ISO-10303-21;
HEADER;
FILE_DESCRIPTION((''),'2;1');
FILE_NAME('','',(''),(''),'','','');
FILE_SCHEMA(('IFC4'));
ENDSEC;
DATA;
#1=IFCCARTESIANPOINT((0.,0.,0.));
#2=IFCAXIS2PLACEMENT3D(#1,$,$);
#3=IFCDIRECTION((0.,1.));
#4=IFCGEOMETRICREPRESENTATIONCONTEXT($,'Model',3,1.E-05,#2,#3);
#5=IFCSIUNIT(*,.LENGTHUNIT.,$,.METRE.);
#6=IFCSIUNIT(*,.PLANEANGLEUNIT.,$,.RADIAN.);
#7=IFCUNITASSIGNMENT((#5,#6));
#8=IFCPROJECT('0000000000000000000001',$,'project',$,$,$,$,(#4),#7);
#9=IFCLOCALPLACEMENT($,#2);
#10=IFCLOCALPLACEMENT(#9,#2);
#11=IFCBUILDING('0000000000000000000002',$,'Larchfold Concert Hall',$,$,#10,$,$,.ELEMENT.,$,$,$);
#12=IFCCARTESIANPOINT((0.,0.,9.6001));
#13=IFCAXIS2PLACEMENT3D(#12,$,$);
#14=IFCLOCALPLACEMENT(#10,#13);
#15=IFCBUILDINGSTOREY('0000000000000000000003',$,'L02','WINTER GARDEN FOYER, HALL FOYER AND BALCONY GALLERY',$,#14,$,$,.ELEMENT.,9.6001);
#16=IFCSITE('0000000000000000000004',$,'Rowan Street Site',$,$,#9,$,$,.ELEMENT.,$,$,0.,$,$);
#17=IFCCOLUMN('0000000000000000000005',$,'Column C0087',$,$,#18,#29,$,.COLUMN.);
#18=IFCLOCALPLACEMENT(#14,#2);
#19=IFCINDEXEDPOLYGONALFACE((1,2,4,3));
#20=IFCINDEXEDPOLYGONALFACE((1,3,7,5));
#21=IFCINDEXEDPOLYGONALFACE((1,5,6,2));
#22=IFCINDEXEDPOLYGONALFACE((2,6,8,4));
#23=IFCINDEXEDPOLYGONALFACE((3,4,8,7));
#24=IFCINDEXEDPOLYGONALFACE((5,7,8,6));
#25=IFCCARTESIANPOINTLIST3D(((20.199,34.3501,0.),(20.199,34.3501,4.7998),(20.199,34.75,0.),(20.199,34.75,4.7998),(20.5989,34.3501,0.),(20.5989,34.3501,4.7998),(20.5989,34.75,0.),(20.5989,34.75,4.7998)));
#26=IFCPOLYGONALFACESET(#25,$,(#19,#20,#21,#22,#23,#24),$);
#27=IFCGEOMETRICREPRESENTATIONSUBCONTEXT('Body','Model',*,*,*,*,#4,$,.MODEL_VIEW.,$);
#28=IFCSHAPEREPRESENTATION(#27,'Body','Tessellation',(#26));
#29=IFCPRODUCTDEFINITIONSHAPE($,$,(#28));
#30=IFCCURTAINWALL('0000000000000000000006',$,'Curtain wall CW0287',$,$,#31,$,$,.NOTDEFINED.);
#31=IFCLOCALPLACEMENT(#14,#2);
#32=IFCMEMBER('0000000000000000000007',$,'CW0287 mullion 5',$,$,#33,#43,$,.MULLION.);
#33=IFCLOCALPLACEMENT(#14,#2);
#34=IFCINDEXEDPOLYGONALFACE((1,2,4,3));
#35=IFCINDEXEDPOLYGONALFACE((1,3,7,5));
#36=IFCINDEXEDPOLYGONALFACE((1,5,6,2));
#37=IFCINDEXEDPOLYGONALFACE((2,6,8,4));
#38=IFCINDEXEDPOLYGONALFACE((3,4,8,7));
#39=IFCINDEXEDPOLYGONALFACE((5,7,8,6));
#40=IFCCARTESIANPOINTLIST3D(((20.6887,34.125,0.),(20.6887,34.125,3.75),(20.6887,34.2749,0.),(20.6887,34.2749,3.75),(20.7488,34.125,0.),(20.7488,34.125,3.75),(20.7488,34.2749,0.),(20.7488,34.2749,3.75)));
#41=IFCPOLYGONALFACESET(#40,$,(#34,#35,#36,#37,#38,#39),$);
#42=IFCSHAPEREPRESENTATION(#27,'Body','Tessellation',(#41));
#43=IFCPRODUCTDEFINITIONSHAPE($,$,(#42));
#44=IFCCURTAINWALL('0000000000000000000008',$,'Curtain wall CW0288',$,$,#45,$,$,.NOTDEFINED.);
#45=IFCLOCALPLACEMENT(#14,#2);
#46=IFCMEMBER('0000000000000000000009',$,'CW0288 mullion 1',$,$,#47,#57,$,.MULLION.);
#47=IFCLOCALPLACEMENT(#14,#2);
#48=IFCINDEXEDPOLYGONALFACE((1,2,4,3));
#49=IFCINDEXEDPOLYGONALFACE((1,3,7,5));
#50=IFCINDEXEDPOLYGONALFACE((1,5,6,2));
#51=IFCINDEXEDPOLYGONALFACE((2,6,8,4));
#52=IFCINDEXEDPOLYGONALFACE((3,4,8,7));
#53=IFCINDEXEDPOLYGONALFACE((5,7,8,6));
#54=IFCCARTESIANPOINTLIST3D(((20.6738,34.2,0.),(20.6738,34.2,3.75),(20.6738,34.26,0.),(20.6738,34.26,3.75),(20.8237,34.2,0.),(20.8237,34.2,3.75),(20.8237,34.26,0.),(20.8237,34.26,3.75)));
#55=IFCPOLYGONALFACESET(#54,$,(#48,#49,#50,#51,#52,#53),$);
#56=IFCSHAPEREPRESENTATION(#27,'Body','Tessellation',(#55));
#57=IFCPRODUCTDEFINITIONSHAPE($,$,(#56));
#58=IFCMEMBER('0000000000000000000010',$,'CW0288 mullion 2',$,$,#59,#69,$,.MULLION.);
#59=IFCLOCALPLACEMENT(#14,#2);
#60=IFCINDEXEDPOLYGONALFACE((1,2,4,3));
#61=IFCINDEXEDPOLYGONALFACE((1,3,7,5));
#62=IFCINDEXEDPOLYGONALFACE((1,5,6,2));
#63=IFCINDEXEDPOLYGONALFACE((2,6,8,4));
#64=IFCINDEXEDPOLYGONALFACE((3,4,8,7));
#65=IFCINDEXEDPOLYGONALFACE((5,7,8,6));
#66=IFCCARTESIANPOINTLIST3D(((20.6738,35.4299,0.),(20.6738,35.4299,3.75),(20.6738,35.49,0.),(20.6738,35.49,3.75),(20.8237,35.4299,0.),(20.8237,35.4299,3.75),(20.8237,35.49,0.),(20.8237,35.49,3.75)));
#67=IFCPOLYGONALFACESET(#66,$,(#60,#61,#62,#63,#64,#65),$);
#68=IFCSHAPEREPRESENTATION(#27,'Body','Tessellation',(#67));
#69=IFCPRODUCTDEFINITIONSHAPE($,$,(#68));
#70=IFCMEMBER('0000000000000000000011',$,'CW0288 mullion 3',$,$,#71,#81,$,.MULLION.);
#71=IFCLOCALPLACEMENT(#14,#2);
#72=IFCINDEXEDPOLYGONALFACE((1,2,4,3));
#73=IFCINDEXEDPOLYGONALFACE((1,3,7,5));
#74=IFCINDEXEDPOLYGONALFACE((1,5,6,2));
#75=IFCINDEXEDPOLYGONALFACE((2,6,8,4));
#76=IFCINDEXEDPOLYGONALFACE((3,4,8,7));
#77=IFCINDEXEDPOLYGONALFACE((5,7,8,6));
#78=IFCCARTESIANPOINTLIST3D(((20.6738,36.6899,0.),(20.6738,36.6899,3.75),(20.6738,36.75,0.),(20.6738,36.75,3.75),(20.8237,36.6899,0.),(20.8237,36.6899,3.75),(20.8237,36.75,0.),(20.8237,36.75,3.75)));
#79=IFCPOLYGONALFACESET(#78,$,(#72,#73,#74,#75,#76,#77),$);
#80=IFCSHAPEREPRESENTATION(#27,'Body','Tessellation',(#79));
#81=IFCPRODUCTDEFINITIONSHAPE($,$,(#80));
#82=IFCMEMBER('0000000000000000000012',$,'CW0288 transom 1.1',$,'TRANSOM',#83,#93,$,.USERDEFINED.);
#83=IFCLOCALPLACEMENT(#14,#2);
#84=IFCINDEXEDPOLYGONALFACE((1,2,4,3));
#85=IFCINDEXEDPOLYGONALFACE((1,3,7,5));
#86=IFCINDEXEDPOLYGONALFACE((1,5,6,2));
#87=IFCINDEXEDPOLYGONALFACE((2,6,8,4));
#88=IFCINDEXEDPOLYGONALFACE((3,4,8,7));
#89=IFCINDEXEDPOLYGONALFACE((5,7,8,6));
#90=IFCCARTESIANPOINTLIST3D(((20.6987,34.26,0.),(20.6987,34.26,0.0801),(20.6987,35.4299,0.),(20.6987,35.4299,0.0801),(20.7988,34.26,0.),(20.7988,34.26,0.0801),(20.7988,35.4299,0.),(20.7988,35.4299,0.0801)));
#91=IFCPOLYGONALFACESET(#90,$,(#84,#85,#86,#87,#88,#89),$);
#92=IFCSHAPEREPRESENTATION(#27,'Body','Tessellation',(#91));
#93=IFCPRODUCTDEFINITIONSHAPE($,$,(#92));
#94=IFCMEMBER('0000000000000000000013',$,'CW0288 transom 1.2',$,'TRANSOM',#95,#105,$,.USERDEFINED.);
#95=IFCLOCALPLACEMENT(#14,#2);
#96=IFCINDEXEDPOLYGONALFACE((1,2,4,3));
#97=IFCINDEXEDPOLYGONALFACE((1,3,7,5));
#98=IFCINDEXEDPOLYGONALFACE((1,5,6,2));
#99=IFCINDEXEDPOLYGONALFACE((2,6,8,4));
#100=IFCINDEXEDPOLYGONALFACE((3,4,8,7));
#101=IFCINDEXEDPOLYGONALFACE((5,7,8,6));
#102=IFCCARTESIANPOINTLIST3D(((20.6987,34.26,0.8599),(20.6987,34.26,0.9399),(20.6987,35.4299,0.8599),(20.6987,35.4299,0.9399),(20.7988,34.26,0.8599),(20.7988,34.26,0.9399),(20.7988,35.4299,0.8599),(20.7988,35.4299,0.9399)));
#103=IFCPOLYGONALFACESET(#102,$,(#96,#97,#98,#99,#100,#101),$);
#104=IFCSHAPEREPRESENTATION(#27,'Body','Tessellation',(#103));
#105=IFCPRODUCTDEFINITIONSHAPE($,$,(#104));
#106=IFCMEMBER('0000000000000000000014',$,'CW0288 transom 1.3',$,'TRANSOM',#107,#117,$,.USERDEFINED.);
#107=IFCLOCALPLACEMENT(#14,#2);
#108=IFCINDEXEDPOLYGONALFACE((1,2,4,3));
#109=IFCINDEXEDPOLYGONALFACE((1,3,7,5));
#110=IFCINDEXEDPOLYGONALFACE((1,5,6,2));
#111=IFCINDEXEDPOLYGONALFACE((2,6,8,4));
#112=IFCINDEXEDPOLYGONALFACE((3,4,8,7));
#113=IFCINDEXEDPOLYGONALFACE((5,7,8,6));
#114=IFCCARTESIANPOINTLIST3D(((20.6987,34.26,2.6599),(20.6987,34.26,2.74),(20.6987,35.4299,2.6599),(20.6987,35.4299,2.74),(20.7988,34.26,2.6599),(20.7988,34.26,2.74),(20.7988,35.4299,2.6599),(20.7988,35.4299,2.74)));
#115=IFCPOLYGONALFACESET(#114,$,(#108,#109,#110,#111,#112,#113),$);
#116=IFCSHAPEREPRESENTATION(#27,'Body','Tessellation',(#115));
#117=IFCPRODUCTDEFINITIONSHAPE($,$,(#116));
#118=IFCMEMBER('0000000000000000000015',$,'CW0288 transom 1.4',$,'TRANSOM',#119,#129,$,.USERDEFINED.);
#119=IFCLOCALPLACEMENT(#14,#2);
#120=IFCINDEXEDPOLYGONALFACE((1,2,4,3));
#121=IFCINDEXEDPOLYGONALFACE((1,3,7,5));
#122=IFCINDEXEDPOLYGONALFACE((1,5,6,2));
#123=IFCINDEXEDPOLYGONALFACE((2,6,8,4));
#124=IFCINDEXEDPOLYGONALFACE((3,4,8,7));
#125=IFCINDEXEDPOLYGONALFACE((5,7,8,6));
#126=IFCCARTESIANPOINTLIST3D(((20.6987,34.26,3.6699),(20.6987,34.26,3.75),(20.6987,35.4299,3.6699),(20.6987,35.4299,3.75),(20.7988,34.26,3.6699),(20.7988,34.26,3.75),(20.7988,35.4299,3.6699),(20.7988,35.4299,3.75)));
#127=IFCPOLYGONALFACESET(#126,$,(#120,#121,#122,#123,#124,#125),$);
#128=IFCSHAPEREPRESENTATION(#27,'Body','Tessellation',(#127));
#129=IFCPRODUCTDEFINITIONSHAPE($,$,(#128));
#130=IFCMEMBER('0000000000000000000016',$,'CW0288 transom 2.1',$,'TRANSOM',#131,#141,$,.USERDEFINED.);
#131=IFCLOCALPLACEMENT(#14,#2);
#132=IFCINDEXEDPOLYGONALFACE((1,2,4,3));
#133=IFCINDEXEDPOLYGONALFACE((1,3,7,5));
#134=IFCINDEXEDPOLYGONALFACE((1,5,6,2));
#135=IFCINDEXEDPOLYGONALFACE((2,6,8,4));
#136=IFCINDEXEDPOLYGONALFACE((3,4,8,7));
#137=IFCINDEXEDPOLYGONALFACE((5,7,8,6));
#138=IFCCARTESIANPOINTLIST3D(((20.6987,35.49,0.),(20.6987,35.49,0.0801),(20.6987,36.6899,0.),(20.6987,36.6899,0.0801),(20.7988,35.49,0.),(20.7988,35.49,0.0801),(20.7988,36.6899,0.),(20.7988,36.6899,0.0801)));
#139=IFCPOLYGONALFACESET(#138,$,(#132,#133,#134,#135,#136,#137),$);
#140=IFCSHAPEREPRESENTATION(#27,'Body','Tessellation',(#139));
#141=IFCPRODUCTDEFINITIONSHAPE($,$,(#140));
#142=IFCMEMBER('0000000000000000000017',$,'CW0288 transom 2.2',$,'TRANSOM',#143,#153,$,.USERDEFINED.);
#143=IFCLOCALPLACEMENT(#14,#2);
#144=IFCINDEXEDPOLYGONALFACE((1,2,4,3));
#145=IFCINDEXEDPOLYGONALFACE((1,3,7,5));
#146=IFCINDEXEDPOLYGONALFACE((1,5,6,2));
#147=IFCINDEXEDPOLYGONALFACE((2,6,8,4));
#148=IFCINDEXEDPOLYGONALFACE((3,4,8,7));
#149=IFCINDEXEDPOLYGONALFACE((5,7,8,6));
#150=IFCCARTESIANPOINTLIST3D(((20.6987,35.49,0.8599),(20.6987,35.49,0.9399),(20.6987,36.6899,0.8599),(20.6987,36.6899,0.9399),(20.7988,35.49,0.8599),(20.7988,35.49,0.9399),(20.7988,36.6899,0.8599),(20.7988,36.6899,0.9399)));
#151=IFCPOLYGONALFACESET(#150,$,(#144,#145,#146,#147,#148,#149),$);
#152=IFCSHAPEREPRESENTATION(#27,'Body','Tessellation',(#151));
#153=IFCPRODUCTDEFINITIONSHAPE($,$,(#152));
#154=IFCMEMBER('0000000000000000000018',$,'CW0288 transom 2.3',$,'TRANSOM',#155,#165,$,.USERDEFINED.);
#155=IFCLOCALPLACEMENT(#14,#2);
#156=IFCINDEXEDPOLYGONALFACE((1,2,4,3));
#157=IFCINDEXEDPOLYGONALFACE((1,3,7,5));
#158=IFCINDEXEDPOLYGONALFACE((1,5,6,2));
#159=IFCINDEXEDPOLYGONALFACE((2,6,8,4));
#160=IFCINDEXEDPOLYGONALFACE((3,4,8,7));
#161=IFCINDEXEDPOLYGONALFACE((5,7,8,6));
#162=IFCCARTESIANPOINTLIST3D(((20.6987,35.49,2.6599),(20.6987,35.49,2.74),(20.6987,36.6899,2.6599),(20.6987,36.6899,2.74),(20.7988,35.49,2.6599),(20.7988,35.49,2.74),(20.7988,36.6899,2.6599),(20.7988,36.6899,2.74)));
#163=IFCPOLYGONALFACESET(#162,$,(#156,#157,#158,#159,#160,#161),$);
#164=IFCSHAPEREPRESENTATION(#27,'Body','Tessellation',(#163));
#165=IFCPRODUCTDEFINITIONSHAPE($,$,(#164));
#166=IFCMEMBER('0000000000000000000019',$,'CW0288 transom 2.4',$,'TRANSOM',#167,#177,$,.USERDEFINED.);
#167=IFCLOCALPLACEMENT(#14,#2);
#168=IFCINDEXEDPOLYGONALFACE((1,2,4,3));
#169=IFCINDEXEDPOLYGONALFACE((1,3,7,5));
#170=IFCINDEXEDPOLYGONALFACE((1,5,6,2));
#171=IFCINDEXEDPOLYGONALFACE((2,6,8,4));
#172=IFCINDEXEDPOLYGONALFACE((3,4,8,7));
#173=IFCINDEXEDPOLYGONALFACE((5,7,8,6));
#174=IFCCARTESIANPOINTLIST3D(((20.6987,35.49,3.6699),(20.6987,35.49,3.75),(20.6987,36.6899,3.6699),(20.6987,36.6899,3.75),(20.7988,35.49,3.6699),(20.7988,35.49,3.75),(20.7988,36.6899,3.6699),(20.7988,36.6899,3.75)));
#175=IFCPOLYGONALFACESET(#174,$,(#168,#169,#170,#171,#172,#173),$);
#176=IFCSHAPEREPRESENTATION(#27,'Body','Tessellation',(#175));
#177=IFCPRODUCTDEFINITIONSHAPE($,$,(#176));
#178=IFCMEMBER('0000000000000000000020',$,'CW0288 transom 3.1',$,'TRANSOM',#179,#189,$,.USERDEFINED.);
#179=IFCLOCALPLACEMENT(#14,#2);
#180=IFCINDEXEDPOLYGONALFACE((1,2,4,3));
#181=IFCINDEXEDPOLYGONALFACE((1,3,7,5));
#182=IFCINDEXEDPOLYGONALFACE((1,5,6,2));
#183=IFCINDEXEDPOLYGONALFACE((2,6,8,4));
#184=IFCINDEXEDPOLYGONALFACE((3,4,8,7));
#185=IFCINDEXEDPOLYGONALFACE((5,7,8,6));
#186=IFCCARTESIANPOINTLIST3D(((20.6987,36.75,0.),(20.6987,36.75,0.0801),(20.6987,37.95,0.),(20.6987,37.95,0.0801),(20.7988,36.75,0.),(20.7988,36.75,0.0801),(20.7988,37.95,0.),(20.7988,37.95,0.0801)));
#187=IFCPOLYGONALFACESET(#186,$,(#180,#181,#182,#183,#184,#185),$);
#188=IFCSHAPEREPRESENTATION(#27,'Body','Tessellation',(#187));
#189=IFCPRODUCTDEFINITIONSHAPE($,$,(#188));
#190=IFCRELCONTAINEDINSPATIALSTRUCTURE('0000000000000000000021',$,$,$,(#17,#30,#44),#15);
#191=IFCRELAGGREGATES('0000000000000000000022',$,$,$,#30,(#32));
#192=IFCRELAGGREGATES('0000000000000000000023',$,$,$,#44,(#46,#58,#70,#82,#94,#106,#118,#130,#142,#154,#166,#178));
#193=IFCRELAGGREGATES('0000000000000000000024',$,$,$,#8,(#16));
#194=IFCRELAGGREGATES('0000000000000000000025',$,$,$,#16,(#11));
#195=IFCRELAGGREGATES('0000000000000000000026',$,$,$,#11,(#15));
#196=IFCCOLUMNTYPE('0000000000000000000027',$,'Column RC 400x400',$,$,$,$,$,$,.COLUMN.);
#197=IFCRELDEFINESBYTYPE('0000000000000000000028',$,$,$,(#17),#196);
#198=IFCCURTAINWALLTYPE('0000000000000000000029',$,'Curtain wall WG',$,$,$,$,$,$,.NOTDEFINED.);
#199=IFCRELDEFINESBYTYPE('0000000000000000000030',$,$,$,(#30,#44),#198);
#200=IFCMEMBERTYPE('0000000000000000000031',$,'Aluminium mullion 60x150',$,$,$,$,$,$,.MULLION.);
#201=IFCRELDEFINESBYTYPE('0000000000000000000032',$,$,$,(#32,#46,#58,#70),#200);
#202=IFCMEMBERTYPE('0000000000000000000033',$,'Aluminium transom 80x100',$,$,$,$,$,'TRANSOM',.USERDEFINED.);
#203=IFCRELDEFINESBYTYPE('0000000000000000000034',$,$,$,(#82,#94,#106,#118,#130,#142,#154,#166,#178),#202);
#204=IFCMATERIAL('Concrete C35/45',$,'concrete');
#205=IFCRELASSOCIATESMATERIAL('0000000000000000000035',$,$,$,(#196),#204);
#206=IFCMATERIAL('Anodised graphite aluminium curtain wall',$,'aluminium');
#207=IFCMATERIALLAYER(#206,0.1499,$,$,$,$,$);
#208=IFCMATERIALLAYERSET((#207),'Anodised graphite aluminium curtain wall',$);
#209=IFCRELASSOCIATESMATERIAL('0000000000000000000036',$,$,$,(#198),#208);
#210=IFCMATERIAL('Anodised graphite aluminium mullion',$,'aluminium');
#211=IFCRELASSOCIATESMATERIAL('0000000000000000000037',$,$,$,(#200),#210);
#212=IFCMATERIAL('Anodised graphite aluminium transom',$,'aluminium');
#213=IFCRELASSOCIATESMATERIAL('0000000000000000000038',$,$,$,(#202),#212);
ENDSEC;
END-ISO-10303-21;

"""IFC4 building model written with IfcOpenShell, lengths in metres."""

from ifc_helpers import new_model, si_unit, direction, frame, origin, origin_2d, place, context, subcontext, project, spatial, rectangle, extrude, material, layer, layer_set, material_profile, profile_set, type_object, element, aggregate, save


model = new_model("IFC4")

# Units and contexts
model_context = context("Model", 3, precision=1e-05, world=origin(), true_north=direction((0.0, 1.0)))
body_context = subcontext(model_context, "Body", "Model", "MODEL_VIEW")
ifc_project = project(units=[si_unit("LENGTHUNIT", "METRE"), si_unit("PLANEANGLEUNIT", "RADIAN")], contexts=[model_context])

# Site, building, storey
site_placement = place(None, origin())
site = spatial("IfcSite", under=ifc_project, at=site_placement, Name="Rowan Street Site", CompositionType="ELEMENT", RefElevation=0.0)
building_placement = place(site_placement, origin())
building = spatial("IfcBuilding", under=site, at=building_placement, Name="Larchfold Concert Hall", CompositionType="ELEMENT")
storey_placement = place(building_placement, frame((0.0, 0.0, 9.6001)))
storey = spatial("IfcBuildingStorey", under=building, at=storey_placement, Name="L02", Description="WINTER GARDEN FOYER, HALL FOYER AND BALCONY GALLERY", CompositionType="ELEMENT", Elevation=9.6001)

# Column
ifc_material_1 = material(Name="Concrete C35/45", Category="concrete")
ifc_material_profile_1 = material_profile(ifc_material_1, rectangle(XDim=0.3999, YDim=0.3999, at=origin_2d()))
ifc_profile_set_1 = profile_set([ifc_material_profile_1], Name="Concrete C35/45")
column_type = type_object("IfcColumnType", Name="Column RC 400x400", PredefinedType="COLUMN", material=ifc_profile_set_1)
column_placement = place(storey_placement, frame((20.3989, 34.55, 0.0), z_axis=(0.0, 0.0, 1.0), x_axis=(1.0, 0.0, 0.0)))
element("IfcColumn", 1, at=column_placement, inside=storey, type_object=column_type, Name="Column C0087", PredefinedType="COLUMN", context=body_context, shape_type="SweptSolid", body=[
    extrude(rectangle(XDim=0.3999, YDim=0.3999, at=origin_2d()), origin(), (0.0, 0.0, 1.0), 4.7998),
])

# Curtain wall, member
ifc_material_2 = material(Name="Anodised graphite aluminium curtain wall", Category="aluminium")
ifc_layer_1 = layer(ifc_material_2, 0.1499)
ifc_layer_set_1 = layer_set([ifc_layer_1], Name="Anodised graphite aluminium curtain wall")
curtain_wall_type = type_object("IfcCurtainWallType", Name="Curtain wall WG", PredefinedType="NOTDEFINED", material=ifc_layer_set_1)
curtain_wall_1_placement = place(storey_placement, origin())
curtain_wall_1 = element("IfcCurtainWall", 2, at=curtain_wall_1_placement, inside=storey, type_object=curtain_wall_type, Name="Curtain wall CW0287", PredefinedType="NOTDEFINED")
ifc_material_3 = material(Name="Anodised graphite aluminium mullion", Category="aluminium")
ifc_material_profile_2 = material_profile(ifc_material_3, rectangle(XDim=0.1499, YDim=0.0601, at=origin_2d()))
ifc_profile_set_2 = profile_set([ifc_material_profile_2], Name="Anodised graphite aluminium mullion")
member_type_1 = type_object("IfcMemberType", Name="Aluminium mullion 60x150", PredefinedType="MULLION", material=ifc_profile_set_2)
member_1_placement = place(storey_placement, frame((20.7188, 34.2, 0.0), z_axis=(0.0, 0.0, 1.0), x_axis=(0.0, 1.0, 0.0)))
member_1 = element("IfcMember", 3, at=member_1_placement, type_object=member_type_1, Name="CW0287 mullion 5", PredefinedType="MULLION", context=body_context, shape_type="SweptSolid", body=[
    extrude(rectangle(XDim=0.1499, YDim=0.0601, at=origin_2d()), origin(), (0.0, 0.0, 1.0), 3.75),
])

# Curtain wall, members
curtain_wall_2_placement = place(storey_placement, origin())
curtain_wall_2 = element("IfcCurtainWall", 4, at=curtain_wall_2_placement, inside=storey, type_object=curtain_wall_type, Name="Curtain wall CW0288", PredefinedType="NOTDEFINED")
member_2_placement = place(storey_placement, frame((20.7488, 34.23, 0.0), z_axis=(0.0, 0.0, 1.0), x_axis=(-1.0, 0.0, 0.0)))
member_2 = element("IfcMember", 5, at=member_2_placement, type_object=member_type_1, Name="CW0288 mullion 1", PredefinedType="MULLION", context=body_context, shape_type="SweptSolid", body=[
    extrude(rectangle(XDim=0.1499, YDim=0.0601, at=origin_2d()), origin(), (0.0, 0.0, 1.0), 3.75),
])
member_3_placement = place(storey_placement, frame((20.7488, 35.46, 0.0), z_axis=(0.0, 0.0, 1.0), x_axis=(-1.0, 0.0, 0.0)))
member_3 = element("IfcMember", 6, at=member_3_placement, type_object=member_type_1, Name="CW0288 mullion 2", PredefinedType="MULLION", context=body_context, shape_type="SweptSolid", body=[
    extrude(rectangle(XDim=0.1499, YDim=0.0601, at=origin_2d()), origin(), (0.0, 0.0, 1.0), 3.75),
])
member_4_placement = place(storey_placement, frame((20.7488, 36.72, 0.0), z_axis=(0.0, 0.0, 1.0), x_axis=(-1.0, 0.0, 0.0)))
member_4 = element("IfcMember", 7, at=member_4_placement, type_object=member_type_1, Name="CW0288 mullion 3", PredefinedType="MULLION", context=body_context, shape_type="SweptSolid", body=[
    extrude(rectangle(XDim=0.1499, YDim=0.0601, at=origin_2d()), origin(), (0.0, 0.0, 1.0), 3.75),
])
ifc_material_4 = material(Name="Anodised graphite aluminium transom", Category="aluminium")
ifc_material_profile_3 = material_profile(ifc_material_4, rectangle(XDim=0.1001, YDim=0.0801, at=origin_2d()))
ifc_profile_set_3 = profile_set([ifc_material_profile_3], Name="Anodised graphite aluminium transom")
member_type_2 = type_object("IfcMemberType", Name="Aluminium transom 80x100", ElementType="TRANSOM", PredefinedType="USERDEFINED", material=ifc_profile_set_3)
member_5_placement = place(storey_placement, frame((20.7488, 34.26, 0.04), z_axis=(0.0, 1.0, 0.0), x_axis=(-1.0, 0.0, 0.0)))
member_5 = element("IfcMember", 8, at=member_5_placement, type_object=member_type_2, Name="CW0288 transom 1.1", ObjectType="TRANSOM", PredefinedType="USERDEFINED", context=body_context, shape_type="SweptSolid", body=[
    extrude(rectangle(XDim=0.1001, YDim=0.0801, at=origin_2d()), origin(), (0.0, 0.0, 1.0), 1.1699),
])
member_6_placement = place(storey_placement, frame((20.7488, 34.26, 0.8999), z_axis=(0.0, 1.0, 0.0), x_axis=(-1.0, 0.0, 0.0)))
member_6 = element("IfcMember", 9, at=member_6_placement, type_object=member_type_2, Name="CW0288 transom 1.2", ObjectType="TRANSOM", PredefinedType="USERDEFINED", context=body_context, shape_type="SweptSolid", body=[
    extrude(rectangle(XDim=0.1001, YDim=0.0801, at=origin_2d()), origin(), (0.0, 0.0, 1.0), 1.1699),
])
member_7_placement = place(storey_placement, frame((20.7488, 34.26, 2.7), z_axis=(0.0, 1.0, 0.0), x_axis=(-1.0, 0.0, 0.0)))
member_7 = element("IfcMember", 10, at=member_7_placement, type_object=member_type_2, Name="CW0288 transom 1.3", ObjectType="TRANSOM", PredefinedType="USERDEFINED", context=body_context, shape_type="SweptSolid", body=[
    extrude(rectangle(XDim=0.1001, YDim=0.0801, at=origin_2d()), origin(), (0.0, 0.0, 1.0), 1.1699),
])
member_8_placement = place(storey_placement, frame((20.7488, 34.26, 3.71), z_axis=(0.0, 1.0, 0.0), x_axis=(-1.0, 0.0, 0.0)))
member_8 = element("IfcMember", 11, at=member_8_placement, type_object=member_type_2, Name="CW0288 transom 1.4", ObjectType="TRANSOM", PredefinedType="USERDEFINED", context=body_context, shape_type="SweptSolid", body=[
    extrude(rectangle(XDim=0.1001, YDim=0.0801, at=origin_2d()), origin(), (0.0, 0.0, 1.0), 1.1699),
])
member_9_placement = place(storey_placement, frame((20.7488, 35.49, 0.04), z_axis=(0.0, 1.0, 0.0), x_axis=(-1.0, 0.0, 0.0)))
member_9 = element("IfcMember", 12, at=member_9_placement, type_object=member_type_2, Name="CW0288 transom 2.1", ObjectType="TRANSOM", PredefinedType="USERDEFINED", context=body_context, shape_type="SweptSolid", body=[
    extrude(rectangle(XDim=0.1001, YDim=0.0801, at=origin_2d()), origin(), (0.0, 0.0, 1.0), 1.2),
])
member_10_placement = place(storey_placement, frame((20.7488, 35.49, 0.8999), z_axis=(0.0, 1.0, 0.0), x_axis=(-1.0, 0.0, 0.0)))
member_10 = element("IfcMember", 13, at=member_10_placement, type_object=member_type_2, Name="CW0288 transom 2.2", ObjectType="TRANSOM", PredefinedType="USERDEFINED", context=body_context, shape_type="SweptSolid", body=[
    extrude(rectangle(XDim=0.1001, YDim=0.0801, at=origin_2d()), origin(), (0.0, 0.0, 1.0), 1.2),
])
member_11_placement = place(storey_placement, frame((20.7488, 35.49, 2.7), z_axis=(0.0, 1.0, 0.0), x_axis=(-1.0, 0.0, 0.0)))
member_11 = element("IfcMember", 14, at=member_11_placement, type_object=member_type_2, Name="CW0288 transom 2.3", ObjectType="TRANSOM", PredefinedType="USERDEFINED", context=body_context, shape_type="SweptSolid", body=[
    extrude(rectangle(XDim=0.1001, YDim=0.0801, at=origin_2d()), origin(), (0.0, 0.0, 1.0), 1.2),
])
member_12_placement = place(storey_placement, frame((20.7488, 35.49, 3.71), z_axis=(0.0, 1.0, 0.0), x_axis=(-1.0, 0.0, 0.0)))
member_12 = element("IfcMember", 15, at=member_12_placement, type_object=member_type_2, Name="CW0288 transom 2.4", ObjectType="TRANSOM", PredefinedType="USERDEFINED", context=body_context, shape_type="SweptSolid", body=[
    extrude(rectangle(XDim=0.1001, YDim=0.0801, at=origin_2d()), origin(), (0.0, 0.0, 1.0), 1.2),
])
member_13_placement = place(storey_placement, frame((20.7488, 36.75, 0.04), z_axis=(0.0, 1.0, 0.0), x_axis=(-1.0, 0.0, 0.0)))
member_13 = element("IfcMember", 16, at=member_13_placement, type_object=member_type_2, Name="CW0288 transom 3.1", ObjectType="TRANSOM", PredefinedType="USERDEFINED", context=body_context, shape_type="SweptSolid", body=[
    extrude(rectangle(XDim=0.1001, YDim=0.0801, at=origin_2d()), origin(), (0.0, 0.0, 1.0), 1.2),
])

aggregate(curtain_wall_1, [member_1])
aggregate(curtain_wall_2, [member_2, member_3, member_4, member_5, member_6, member_7, member_8, member_9, member_10, member_11, member_12, member_13])

save(model, "model.ifc")
